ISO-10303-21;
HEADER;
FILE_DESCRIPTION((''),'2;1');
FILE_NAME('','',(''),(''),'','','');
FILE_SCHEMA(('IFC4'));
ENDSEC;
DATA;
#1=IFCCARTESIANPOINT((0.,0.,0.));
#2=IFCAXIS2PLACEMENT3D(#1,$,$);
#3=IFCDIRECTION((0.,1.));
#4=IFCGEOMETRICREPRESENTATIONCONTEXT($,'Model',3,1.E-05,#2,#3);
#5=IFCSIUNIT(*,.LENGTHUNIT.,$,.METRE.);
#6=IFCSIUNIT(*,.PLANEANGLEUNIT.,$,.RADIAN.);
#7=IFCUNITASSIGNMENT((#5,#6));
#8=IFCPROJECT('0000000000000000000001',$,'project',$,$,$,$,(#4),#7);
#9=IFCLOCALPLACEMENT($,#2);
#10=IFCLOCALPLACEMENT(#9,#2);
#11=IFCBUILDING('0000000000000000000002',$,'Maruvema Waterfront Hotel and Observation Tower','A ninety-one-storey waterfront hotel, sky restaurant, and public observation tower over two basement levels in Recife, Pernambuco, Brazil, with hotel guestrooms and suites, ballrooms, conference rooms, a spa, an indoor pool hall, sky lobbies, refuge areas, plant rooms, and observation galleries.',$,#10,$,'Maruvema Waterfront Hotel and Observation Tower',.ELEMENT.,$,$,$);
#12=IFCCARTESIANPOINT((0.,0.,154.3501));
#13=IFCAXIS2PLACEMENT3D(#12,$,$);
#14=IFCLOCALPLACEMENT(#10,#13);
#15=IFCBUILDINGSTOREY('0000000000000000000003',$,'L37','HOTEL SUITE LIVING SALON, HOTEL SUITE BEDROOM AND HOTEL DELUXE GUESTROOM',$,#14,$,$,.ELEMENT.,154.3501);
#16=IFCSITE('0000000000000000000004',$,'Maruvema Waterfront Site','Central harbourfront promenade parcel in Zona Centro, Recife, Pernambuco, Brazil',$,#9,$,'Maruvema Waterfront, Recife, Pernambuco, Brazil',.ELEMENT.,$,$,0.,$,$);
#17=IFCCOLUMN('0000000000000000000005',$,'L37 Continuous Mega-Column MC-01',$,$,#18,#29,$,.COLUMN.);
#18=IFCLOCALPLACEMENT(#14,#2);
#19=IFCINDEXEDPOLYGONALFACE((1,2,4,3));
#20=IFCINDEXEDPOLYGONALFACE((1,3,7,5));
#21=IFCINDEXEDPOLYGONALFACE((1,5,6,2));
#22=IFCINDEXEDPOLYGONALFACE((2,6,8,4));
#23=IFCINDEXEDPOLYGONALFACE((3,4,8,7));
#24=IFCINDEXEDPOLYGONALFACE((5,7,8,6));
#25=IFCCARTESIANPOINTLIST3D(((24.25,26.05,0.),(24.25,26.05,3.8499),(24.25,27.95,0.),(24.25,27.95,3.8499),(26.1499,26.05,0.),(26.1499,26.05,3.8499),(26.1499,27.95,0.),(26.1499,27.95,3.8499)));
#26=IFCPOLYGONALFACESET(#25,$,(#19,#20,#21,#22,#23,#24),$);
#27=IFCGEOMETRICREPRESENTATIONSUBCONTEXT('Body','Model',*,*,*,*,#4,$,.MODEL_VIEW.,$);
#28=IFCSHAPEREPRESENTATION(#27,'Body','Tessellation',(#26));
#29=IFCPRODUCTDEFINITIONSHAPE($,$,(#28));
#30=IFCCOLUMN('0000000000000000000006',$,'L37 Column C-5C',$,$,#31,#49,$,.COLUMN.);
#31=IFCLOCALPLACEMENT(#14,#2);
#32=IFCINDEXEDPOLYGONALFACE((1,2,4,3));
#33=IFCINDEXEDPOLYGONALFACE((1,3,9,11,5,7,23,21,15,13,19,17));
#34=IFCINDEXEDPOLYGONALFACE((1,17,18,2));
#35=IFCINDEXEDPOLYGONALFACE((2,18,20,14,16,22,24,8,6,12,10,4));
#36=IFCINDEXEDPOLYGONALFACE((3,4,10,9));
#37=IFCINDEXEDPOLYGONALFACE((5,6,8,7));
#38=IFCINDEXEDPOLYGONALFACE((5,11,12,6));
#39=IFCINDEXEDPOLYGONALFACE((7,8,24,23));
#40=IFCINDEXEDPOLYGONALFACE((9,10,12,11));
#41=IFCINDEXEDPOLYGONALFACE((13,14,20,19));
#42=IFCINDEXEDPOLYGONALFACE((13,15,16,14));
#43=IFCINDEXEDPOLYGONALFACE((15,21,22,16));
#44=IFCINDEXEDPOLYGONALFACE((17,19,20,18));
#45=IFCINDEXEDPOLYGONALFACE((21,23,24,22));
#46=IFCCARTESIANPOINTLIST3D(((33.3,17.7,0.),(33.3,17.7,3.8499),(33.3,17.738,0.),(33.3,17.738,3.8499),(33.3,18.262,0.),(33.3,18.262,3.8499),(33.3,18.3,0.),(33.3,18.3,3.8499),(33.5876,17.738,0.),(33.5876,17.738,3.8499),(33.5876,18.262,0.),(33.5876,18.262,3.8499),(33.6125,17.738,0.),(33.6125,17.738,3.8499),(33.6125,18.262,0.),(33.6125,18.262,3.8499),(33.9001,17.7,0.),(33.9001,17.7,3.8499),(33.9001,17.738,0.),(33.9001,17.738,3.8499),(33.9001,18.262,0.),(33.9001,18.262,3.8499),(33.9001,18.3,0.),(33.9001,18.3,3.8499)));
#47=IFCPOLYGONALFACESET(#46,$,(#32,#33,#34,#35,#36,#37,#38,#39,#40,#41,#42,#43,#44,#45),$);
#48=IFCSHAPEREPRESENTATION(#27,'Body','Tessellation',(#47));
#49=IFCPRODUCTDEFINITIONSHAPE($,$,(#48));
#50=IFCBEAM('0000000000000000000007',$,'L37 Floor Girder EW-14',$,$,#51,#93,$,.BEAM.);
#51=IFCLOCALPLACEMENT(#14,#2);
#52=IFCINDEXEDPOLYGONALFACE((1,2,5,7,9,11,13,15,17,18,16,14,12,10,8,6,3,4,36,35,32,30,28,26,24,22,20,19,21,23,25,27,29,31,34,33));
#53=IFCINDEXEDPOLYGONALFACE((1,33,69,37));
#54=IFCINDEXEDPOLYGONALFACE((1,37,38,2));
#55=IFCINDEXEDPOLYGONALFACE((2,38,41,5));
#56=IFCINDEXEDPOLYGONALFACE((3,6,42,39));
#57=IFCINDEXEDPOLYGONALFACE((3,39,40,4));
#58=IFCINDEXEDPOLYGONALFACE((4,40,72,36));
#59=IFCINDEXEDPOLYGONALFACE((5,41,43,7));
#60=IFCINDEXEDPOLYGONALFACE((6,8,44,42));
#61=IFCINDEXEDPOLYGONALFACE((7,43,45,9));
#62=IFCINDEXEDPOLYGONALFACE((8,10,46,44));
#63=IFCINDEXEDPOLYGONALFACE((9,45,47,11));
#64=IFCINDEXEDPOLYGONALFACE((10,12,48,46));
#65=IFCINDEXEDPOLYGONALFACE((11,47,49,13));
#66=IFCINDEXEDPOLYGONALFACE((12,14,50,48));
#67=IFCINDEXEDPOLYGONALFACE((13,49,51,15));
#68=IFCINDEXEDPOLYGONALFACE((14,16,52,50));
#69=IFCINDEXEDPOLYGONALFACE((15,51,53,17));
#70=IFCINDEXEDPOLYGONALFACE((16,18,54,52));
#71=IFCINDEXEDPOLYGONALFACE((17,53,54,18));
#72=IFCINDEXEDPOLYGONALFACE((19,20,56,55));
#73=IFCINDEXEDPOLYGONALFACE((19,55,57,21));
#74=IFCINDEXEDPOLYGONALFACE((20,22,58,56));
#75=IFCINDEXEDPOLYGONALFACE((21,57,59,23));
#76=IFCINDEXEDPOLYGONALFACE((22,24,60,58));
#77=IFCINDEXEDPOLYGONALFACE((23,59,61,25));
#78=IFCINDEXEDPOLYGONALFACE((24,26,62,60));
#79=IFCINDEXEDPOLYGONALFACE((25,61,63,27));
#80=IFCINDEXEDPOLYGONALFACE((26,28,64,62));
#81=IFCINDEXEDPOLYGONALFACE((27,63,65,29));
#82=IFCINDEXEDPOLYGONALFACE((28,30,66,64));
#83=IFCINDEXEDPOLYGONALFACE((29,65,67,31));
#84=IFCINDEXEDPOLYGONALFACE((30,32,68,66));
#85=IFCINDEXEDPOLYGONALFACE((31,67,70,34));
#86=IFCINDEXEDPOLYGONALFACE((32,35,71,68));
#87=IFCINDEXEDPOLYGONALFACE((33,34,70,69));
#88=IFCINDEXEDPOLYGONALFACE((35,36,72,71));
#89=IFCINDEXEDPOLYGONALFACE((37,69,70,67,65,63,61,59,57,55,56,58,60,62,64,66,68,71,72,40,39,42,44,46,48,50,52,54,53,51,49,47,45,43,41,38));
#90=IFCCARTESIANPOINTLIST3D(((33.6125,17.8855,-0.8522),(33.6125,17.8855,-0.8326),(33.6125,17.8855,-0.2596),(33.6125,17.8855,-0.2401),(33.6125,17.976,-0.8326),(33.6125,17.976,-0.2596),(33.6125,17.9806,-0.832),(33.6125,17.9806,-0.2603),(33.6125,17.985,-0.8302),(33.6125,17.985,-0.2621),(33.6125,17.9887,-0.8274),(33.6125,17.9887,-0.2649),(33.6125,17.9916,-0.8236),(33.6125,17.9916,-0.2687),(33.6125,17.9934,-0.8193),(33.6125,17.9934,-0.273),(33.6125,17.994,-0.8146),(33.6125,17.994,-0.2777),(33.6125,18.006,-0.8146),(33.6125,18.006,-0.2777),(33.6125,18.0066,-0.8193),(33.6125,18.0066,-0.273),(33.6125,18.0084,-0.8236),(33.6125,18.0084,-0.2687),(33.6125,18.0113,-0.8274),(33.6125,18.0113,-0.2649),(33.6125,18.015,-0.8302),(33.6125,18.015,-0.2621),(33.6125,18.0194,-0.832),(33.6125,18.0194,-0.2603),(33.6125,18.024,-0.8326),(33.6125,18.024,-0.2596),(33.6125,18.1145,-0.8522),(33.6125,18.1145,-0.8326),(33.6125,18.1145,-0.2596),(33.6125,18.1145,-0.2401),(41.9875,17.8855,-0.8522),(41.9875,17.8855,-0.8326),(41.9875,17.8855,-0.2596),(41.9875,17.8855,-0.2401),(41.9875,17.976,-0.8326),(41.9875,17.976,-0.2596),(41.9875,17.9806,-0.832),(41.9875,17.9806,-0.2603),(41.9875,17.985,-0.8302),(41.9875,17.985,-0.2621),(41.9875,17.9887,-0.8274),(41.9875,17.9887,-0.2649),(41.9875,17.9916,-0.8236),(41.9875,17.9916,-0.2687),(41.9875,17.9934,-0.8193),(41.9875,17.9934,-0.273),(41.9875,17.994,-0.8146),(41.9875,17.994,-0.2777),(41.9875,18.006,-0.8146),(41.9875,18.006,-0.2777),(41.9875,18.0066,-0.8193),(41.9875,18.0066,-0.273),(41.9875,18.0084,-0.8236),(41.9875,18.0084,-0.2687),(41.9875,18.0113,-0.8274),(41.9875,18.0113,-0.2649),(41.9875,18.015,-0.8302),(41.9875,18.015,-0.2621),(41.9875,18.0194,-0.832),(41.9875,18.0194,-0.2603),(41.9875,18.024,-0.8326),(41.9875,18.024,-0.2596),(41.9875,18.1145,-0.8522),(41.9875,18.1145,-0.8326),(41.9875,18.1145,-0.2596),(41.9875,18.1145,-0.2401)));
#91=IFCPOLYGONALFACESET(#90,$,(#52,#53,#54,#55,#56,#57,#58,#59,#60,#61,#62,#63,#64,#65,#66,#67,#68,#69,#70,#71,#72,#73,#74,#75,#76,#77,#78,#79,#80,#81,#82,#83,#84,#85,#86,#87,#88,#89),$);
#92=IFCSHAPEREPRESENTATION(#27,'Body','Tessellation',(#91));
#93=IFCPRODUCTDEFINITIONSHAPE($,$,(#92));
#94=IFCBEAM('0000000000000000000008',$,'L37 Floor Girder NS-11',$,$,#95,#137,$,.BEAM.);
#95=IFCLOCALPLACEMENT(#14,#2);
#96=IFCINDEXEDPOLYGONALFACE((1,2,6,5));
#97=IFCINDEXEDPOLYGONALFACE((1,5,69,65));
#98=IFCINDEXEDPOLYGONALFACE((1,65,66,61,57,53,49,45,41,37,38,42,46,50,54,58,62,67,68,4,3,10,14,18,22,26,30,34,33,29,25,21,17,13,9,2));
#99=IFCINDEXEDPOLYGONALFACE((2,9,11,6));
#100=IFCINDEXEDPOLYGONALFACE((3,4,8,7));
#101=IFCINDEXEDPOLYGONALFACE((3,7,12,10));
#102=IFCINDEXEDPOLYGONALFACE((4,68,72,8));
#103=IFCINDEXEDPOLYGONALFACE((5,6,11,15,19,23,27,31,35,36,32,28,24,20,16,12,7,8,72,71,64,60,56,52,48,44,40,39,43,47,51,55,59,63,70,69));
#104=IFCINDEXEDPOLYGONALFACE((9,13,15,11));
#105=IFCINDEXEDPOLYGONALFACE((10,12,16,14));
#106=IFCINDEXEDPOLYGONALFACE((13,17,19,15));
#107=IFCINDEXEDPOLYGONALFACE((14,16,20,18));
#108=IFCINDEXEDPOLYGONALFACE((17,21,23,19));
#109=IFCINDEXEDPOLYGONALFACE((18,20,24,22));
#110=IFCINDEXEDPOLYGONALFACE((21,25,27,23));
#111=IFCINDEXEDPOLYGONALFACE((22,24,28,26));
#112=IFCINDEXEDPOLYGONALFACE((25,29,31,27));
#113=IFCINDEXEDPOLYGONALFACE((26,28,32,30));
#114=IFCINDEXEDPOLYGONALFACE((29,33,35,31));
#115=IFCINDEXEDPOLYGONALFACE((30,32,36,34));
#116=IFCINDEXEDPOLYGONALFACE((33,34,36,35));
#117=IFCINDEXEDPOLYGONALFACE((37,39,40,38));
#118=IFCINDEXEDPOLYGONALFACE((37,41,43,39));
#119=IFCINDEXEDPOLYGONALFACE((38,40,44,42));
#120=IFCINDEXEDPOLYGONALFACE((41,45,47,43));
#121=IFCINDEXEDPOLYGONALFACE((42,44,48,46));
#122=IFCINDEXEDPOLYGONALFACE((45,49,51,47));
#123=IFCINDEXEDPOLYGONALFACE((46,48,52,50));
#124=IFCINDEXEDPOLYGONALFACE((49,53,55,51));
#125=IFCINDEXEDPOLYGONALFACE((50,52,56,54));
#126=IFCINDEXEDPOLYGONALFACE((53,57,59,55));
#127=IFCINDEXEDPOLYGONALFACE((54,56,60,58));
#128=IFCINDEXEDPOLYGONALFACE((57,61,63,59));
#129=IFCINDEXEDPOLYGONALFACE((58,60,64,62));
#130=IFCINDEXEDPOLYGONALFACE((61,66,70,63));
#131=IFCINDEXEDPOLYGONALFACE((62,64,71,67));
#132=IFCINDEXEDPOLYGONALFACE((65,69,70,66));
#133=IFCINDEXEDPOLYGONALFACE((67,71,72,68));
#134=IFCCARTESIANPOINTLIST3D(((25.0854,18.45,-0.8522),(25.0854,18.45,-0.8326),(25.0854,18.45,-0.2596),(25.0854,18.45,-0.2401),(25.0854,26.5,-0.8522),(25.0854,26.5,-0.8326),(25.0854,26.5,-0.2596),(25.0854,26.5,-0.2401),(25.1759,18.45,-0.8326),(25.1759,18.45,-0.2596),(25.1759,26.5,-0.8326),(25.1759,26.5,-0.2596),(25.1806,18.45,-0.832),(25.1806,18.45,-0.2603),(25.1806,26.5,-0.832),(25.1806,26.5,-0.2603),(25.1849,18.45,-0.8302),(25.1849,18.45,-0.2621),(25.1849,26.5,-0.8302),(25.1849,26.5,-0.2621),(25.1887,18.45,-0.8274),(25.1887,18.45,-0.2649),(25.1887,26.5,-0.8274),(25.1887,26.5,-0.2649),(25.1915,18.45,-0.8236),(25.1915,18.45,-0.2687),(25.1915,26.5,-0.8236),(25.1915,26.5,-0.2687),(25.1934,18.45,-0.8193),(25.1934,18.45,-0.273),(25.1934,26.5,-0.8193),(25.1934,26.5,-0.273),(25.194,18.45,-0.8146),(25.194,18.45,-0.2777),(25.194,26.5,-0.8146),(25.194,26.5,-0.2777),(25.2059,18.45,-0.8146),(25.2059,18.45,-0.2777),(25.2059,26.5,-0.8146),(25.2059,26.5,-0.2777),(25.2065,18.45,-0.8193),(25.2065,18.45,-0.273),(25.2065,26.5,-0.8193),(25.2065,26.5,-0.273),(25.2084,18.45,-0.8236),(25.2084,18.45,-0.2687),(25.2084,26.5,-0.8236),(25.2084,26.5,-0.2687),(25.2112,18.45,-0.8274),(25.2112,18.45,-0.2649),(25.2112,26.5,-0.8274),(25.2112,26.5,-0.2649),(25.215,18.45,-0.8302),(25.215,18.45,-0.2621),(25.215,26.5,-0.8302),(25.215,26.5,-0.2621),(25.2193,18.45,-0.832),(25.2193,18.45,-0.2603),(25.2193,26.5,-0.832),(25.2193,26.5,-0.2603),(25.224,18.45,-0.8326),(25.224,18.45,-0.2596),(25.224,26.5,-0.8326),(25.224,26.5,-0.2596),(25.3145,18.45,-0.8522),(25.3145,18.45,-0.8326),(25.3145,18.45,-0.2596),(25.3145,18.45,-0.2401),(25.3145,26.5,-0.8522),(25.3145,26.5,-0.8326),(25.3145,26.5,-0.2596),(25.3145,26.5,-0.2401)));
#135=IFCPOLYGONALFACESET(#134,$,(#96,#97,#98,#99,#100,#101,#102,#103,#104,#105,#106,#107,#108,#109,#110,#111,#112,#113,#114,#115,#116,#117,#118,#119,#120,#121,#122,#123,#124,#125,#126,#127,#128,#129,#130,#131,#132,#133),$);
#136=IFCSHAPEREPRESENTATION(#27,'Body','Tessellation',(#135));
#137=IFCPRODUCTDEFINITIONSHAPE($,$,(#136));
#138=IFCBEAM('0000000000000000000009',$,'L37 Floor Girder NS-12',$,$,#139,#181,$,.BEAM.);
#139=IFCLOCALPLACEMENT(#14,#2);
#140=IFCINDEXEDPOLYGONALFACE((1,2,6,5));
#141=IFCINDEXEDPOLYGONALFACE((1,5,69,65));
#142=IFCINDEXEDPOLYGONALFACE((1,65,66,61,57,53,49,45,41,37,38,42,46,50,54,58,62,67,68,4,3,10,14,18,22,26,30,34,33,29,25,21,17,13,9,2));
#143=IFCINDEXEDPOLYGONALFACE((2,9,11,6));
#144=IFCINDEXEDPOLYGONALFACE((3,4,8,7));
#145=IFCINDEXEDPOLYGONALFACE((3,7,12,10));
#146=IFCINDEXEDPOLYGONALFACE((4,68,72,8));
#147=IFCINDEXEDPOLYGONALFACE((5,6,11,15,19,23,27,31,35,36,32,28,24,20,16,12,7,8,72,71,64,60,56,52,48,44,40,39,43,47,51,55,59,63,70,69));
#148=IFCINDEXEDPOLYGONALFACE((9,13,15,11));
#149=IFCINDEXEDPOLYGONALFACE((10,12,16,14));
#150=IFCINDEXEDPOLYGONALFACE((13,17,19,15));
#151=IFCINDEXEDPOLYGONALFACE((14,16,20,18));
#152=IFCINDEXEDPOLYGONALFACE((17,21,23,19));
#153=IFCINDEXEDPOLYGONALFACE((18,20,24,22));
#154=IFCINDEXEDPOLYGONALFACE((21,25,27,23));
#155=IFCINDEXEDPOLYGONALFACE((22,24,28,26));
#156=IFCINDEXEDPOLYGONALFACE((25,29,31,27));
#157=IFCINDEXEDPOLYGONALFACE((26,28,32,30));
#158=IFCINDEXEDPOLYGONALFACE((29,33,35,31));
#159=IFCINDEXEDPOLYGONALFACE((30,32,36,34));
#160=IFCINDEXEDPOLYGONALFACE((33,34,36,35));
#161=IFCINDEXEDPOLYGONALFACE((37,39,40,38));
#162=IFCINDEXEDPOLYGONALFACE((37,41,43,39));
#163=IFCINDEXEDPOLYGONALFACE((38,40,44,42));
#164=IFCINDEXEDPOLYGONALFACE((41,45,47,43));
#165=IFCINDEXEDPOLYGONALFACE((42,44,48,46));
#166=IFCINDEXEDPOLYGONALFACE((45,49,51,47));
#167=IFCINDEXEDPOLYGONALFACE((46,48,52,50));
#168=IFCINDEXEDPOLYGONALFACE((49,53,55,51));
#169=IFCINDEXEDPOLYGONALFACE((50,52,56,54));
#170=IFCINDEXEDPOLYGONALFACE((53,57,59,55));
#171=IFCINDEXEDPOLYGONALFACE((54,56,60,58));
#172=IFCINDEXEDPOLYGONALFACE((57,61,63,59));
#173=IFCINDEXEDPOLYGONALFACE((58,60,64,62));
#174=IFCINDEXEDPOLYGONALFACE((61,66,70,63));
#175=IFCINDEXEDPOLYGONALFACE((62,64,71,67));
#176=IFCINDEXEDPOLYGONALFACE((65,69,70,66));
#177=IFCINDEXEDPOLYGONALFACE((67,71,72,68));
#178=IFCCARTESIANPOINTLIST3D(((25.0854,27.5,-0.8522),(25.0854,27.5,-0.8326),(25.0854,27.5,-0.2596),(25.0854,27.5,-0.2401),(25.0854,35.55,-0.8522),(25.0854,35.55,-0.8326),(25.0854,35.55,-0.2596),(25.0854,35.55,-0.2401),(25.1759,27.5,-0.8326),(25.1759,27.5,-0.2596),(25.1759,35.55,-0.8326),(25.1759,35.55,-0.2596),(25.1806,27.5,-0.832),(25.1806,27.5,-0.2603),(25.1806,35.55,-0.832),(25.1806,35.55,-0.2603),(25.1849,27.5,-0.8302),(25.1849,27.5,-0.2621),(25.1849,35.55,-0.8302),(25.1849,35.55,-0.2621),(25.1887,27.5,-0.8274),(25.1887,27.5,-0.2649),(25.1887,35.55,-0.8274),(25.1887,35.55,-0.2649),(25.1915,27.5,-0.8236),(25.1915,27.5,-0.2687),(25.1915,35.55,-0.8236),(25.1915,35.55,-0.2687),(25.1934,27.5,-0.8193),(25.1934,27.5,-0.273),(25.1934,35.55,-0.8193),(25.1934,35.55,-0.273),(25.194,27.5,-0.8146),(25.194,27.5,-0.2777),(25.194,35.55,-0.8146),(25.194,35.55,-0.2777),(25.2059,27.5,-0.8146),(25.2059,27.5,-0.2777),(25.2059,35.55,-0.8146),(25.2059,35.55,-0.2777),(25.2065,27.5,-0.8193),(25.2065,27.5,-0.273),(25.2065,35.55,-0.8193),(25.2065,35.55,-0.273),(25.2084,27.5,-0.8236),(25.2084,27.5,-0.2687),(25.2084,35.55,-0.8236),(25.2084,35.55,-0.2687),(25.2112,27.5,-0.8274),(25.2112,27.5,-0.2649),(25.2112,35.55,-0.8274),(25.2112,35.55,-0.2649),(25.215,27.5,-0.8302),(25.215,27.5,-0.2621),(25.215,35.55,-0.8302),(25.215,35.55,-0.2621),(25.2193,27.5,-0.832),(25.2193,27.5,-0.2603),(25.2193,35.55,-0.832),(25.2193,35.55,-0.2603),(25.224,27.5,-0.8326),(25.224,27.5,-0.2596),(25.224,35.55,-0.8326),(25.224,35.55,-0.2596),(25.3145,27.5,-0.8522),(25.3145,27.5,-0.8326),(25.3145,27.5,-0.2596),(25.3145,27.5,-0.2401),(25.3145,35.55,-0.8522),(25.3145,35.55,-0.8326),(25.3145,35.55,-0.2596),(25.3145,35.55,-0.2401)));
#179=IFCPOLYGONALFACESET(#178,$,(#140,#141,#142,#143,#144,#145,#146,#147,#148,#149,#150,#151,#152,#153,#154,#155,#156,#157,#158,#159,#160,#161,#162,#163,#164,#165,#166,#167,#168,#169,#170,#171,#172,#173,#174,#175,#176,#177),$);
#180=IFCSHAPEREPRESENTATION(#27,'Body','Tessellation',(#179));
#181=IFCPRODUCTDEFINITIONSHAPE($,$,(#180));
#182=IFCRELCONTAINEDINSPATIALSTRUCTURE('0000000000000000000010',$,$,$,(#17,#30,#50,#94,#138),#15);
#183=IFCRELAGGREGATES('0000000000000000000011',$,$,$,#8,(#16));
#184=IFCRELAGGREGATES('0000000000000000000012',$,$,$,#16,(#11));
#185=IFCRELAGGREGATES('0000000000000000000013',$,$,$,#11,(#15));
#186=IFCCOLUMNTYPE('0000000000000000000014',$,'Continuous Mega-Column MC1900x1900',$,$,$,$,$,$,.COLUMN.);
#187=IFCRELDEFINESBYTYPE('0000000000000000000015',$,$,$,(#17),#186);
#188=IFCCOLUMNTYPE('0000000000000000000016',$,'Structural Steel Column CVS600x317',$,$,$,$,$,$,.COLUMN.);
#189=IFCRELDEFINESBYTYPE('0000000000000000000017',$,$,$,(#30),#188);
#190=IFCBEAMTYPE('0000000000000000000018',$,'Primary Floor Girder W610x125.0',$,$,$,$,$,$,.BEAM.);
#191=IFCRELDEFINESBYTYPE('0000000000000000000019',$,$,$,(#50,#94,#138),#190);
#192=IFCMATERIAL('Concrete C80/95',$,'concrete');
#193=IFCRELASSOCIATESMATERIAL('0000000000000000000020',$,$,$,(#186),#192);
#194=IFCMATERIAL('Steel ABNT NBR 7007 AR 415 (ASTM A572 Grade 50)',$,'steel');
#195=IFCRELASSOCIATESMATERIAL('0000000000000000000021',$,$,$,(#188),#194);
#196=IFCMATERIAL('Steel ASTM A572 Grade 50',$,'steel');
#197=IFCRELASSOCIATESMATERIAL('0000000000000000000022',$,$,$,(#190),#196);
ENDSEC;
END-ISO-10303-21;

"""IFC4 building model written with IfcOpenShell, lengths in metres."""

from ifc_helpers import new_model, si_unit, direction, frame, origin, origin_2d, place, context, subcontext, project, spatial, rectangle, i_section, extrude, material, material_profile, profile_set, type_object, element, save


model = new_model("IFC4")

# Units and contexts
model_context = context("Model", 3, precision=1e-05, world=origin(), true_north=direction((0.0, 1.0)))
body_context = subcontext(model_context, "Body", "Model", "MODEL_VIEW")
ifc_project = project(units=[si_unit("LENGTHUNIT", "METRE"), si_unit("PLANEANGLEUNIT", "RADIAN")], contexts=[model_context])

# Site, building, storey
site_placement = place(None, origin())
site = spatial("IfcSite", under=ifc_project, at=site_placement, Name="Maruvema Waterfront Site", Description="Central harbourfront promenade parcel in Zona Centro, Recife, Pernambuco, Brazil", LongName="Maruvema Waterfront, Recife, Pernambuco, Brazil", CompositionType="ELEMENT", RefElevation=0.0)
building_placement = place(site_placement, origin())
building = spatial("IfcBuilding", under=site, at=building_placement, Name="Maruvema Waterfront Hotel and Observation Tower", Description="A ninety-one-storey waterfront hotel, sky restaurant, and public observation tower over two basement levels in Recife, Pernambuco, Brazil, with hotel guestrooms and suites, ballrooms, conference rooms, a spa, an indoor pool hall, sky lobbies, refuge areas, plant rooms, and observation galleries.", LongName="Maruvema Waterfront Hotel and Observation Tower", CompositionType="ELEMENT")
storey_placement = place(building_placement, frame((0.0, 0.0, 154.3501)))
storey = spatial("IfcBuildingStorey", under=building, at=storey_placement, Name="L37", Description="HOTEL SUITE LIVING SALON, HOTEL SUITE BEDROOM AND HOTEL DELUXE GUESTROOM", CompositionType="ELEMENT", Elevation=154.3501)

# Columns
ifc_material_1 = material(Name="Concrete C80/95", Category="concrete")
ifc_material_profile_1 = material_profile(ifc_material_1, rectangle(XDim=1.8999, YDim=1.8999, at=origin_2d()), Name="MC1900x1900")
ifc_profile_set_1 = profile_set([ifc_material_profile_1], Name="Concrete C80/95")
column_type_1 = type_object("IfcColumnType", Name="Continuous Mega-Column MC1900x1900", PredefinedType="COLUMN", material=ifc_profile_set_1)
column_1_placement = place(storey_placement, frame((25.2, 27.0, 0.0), z_axis=(0.0, 0.0, 1.0), x_axis=(1.0, 0.0, 0.0)))
element("IfcColumn", 1, at=column_1_placement, inside=storey, type_object=column_type_1, Name="L37 Continuous Mega-Column MC-01", PredefinedType="COLUMN", context=body_context, shape_type="SweptSolid", body=[
    extrude(rectangle(XDim=1.8999, YDim=1.8999, at=origin_2d()), origin(), (0.0, 0.0, 1.0), 3.8499),
])
ifc_material_2 = material(Name="Steel ABNT NBR 7007 AR 415 (ASTM A572 Grade 50)", Category="steel")
ifc_material_profile_2 = material_profile(ifc_material_2, i_section(OverallWidth=0.6001, OverallDepth=0.6001, WebThickness=0.0249, FlangeThickness=0.0381, at=origin_2d()), Name="CVS600x317")
ifc_profile_set_2 = profile_set([ifc_material_profile_2], Name="Steel ABNT NBR 7007 AR 415 (ASTM A572 Grade 50)")
column_type_2 = type_object("IfcColumnType", Name="Structural Steel Column CVS600x317", PredefinedType="COLUMN", material=ifc_profile_set_2)
column_2_placement = place(storey_placement, frame((33.6001, 18.0, 0.0), z_axis=(0.0, 0.0, 1.0), x_axis=(1.0, 0.0, 0.0)))
element("IfcColumn", 2, at=column_2_placement, inside=storey, type_object=column_type_2, Name="L37 Column C-5C", PredefinedType="COLUMN", context=body_context, shape_type="SweptSolid", body=[
    extrude(i_section(OverallWidth=0.6001, OverallDepth=0.6001, WebThickness=0.0249, FlangeThickness=0.0381, at=origin_2d()), origin(), (0.0, 0.0, 1.0), 3.8499),
])

# Beams
ifc_material_3 = material(Name="Steel ASTM A572 Grade 50", Category="steel")
ifc_material_profile_3 = material_profile(ifc_material_3, i_section(OverallWidth=0.229, OverallDepth=0.6121, WebThickness=0.012, FlangeThickness=0.0195, FilletRadius=0.0181, at=origin_2d()), Name="W610x125.0")
ifc_profile_set_3 = profile_set([ifc_material_profile_3], Name="Steel ASTM A572 Grade 50")
beam_type_1 = type_object("IfcBeamType", Name="Primary Floor Girder W610x125.0", PredefinedType="BEAM", material=ifc_profile_set_3)
beam_1_placement = place(storey_placement, frame((33.6125, 18.0, -0.5461), z_axis=(1.0, 0.0, 0.0), x_axis=(0.0, 1.0, 0.0)))
element("IfcBeam", 3, at=beam_1_placement, inside=storey, type_object=beam_type_1, Name="L37 Floor Girder EW-14", PredefinedType="BEAM", context=body_context, shape_type="SweptSolid", body=[
    extrude(i_section(OverallWidth=0.229, OverallDepth=0.6121, WebThickness=0.012, FlangeThickness=0.0195, FilletRadius=0.0181, at=origin_2d()), origin(), (0.0, 0.0, 1.0), 8.375),
])
for number, where, z_axis, x_axis, name in (
    (4, (25.2, 18.45, -0.5461), (0.0, 1.0, 0.0), (-1.0, 0.0, 0.0), "L37 Floor Girder NS-11"),
    (5, (25.2, 27.5, -0.5461), (0.0, 1.0, 0.0), (-1.0, 0.0, 0.0), "L37 Floor Girder NS-12"),
):
    element("IfcBeam", number, at=place(storey_placement, frame(where, z_axis=z_axis, x_axis=x_axis)), inside=storey, type_object=beam_type_1, Name=name, PredefinedType="BEAM", context=body_context, shape_type="SweptSolid", body=[
        extrude(i_section(OverallWidth=0.229, OverallDepth=0.6121, WebThickness=0.012, FlangeThickness=0.0195, FilletRadius=0.0181, at=origin_2d()), origin(), (0.0, 0.0, 1.0), 8.05),
    ])

save(model, "model.ifc")
